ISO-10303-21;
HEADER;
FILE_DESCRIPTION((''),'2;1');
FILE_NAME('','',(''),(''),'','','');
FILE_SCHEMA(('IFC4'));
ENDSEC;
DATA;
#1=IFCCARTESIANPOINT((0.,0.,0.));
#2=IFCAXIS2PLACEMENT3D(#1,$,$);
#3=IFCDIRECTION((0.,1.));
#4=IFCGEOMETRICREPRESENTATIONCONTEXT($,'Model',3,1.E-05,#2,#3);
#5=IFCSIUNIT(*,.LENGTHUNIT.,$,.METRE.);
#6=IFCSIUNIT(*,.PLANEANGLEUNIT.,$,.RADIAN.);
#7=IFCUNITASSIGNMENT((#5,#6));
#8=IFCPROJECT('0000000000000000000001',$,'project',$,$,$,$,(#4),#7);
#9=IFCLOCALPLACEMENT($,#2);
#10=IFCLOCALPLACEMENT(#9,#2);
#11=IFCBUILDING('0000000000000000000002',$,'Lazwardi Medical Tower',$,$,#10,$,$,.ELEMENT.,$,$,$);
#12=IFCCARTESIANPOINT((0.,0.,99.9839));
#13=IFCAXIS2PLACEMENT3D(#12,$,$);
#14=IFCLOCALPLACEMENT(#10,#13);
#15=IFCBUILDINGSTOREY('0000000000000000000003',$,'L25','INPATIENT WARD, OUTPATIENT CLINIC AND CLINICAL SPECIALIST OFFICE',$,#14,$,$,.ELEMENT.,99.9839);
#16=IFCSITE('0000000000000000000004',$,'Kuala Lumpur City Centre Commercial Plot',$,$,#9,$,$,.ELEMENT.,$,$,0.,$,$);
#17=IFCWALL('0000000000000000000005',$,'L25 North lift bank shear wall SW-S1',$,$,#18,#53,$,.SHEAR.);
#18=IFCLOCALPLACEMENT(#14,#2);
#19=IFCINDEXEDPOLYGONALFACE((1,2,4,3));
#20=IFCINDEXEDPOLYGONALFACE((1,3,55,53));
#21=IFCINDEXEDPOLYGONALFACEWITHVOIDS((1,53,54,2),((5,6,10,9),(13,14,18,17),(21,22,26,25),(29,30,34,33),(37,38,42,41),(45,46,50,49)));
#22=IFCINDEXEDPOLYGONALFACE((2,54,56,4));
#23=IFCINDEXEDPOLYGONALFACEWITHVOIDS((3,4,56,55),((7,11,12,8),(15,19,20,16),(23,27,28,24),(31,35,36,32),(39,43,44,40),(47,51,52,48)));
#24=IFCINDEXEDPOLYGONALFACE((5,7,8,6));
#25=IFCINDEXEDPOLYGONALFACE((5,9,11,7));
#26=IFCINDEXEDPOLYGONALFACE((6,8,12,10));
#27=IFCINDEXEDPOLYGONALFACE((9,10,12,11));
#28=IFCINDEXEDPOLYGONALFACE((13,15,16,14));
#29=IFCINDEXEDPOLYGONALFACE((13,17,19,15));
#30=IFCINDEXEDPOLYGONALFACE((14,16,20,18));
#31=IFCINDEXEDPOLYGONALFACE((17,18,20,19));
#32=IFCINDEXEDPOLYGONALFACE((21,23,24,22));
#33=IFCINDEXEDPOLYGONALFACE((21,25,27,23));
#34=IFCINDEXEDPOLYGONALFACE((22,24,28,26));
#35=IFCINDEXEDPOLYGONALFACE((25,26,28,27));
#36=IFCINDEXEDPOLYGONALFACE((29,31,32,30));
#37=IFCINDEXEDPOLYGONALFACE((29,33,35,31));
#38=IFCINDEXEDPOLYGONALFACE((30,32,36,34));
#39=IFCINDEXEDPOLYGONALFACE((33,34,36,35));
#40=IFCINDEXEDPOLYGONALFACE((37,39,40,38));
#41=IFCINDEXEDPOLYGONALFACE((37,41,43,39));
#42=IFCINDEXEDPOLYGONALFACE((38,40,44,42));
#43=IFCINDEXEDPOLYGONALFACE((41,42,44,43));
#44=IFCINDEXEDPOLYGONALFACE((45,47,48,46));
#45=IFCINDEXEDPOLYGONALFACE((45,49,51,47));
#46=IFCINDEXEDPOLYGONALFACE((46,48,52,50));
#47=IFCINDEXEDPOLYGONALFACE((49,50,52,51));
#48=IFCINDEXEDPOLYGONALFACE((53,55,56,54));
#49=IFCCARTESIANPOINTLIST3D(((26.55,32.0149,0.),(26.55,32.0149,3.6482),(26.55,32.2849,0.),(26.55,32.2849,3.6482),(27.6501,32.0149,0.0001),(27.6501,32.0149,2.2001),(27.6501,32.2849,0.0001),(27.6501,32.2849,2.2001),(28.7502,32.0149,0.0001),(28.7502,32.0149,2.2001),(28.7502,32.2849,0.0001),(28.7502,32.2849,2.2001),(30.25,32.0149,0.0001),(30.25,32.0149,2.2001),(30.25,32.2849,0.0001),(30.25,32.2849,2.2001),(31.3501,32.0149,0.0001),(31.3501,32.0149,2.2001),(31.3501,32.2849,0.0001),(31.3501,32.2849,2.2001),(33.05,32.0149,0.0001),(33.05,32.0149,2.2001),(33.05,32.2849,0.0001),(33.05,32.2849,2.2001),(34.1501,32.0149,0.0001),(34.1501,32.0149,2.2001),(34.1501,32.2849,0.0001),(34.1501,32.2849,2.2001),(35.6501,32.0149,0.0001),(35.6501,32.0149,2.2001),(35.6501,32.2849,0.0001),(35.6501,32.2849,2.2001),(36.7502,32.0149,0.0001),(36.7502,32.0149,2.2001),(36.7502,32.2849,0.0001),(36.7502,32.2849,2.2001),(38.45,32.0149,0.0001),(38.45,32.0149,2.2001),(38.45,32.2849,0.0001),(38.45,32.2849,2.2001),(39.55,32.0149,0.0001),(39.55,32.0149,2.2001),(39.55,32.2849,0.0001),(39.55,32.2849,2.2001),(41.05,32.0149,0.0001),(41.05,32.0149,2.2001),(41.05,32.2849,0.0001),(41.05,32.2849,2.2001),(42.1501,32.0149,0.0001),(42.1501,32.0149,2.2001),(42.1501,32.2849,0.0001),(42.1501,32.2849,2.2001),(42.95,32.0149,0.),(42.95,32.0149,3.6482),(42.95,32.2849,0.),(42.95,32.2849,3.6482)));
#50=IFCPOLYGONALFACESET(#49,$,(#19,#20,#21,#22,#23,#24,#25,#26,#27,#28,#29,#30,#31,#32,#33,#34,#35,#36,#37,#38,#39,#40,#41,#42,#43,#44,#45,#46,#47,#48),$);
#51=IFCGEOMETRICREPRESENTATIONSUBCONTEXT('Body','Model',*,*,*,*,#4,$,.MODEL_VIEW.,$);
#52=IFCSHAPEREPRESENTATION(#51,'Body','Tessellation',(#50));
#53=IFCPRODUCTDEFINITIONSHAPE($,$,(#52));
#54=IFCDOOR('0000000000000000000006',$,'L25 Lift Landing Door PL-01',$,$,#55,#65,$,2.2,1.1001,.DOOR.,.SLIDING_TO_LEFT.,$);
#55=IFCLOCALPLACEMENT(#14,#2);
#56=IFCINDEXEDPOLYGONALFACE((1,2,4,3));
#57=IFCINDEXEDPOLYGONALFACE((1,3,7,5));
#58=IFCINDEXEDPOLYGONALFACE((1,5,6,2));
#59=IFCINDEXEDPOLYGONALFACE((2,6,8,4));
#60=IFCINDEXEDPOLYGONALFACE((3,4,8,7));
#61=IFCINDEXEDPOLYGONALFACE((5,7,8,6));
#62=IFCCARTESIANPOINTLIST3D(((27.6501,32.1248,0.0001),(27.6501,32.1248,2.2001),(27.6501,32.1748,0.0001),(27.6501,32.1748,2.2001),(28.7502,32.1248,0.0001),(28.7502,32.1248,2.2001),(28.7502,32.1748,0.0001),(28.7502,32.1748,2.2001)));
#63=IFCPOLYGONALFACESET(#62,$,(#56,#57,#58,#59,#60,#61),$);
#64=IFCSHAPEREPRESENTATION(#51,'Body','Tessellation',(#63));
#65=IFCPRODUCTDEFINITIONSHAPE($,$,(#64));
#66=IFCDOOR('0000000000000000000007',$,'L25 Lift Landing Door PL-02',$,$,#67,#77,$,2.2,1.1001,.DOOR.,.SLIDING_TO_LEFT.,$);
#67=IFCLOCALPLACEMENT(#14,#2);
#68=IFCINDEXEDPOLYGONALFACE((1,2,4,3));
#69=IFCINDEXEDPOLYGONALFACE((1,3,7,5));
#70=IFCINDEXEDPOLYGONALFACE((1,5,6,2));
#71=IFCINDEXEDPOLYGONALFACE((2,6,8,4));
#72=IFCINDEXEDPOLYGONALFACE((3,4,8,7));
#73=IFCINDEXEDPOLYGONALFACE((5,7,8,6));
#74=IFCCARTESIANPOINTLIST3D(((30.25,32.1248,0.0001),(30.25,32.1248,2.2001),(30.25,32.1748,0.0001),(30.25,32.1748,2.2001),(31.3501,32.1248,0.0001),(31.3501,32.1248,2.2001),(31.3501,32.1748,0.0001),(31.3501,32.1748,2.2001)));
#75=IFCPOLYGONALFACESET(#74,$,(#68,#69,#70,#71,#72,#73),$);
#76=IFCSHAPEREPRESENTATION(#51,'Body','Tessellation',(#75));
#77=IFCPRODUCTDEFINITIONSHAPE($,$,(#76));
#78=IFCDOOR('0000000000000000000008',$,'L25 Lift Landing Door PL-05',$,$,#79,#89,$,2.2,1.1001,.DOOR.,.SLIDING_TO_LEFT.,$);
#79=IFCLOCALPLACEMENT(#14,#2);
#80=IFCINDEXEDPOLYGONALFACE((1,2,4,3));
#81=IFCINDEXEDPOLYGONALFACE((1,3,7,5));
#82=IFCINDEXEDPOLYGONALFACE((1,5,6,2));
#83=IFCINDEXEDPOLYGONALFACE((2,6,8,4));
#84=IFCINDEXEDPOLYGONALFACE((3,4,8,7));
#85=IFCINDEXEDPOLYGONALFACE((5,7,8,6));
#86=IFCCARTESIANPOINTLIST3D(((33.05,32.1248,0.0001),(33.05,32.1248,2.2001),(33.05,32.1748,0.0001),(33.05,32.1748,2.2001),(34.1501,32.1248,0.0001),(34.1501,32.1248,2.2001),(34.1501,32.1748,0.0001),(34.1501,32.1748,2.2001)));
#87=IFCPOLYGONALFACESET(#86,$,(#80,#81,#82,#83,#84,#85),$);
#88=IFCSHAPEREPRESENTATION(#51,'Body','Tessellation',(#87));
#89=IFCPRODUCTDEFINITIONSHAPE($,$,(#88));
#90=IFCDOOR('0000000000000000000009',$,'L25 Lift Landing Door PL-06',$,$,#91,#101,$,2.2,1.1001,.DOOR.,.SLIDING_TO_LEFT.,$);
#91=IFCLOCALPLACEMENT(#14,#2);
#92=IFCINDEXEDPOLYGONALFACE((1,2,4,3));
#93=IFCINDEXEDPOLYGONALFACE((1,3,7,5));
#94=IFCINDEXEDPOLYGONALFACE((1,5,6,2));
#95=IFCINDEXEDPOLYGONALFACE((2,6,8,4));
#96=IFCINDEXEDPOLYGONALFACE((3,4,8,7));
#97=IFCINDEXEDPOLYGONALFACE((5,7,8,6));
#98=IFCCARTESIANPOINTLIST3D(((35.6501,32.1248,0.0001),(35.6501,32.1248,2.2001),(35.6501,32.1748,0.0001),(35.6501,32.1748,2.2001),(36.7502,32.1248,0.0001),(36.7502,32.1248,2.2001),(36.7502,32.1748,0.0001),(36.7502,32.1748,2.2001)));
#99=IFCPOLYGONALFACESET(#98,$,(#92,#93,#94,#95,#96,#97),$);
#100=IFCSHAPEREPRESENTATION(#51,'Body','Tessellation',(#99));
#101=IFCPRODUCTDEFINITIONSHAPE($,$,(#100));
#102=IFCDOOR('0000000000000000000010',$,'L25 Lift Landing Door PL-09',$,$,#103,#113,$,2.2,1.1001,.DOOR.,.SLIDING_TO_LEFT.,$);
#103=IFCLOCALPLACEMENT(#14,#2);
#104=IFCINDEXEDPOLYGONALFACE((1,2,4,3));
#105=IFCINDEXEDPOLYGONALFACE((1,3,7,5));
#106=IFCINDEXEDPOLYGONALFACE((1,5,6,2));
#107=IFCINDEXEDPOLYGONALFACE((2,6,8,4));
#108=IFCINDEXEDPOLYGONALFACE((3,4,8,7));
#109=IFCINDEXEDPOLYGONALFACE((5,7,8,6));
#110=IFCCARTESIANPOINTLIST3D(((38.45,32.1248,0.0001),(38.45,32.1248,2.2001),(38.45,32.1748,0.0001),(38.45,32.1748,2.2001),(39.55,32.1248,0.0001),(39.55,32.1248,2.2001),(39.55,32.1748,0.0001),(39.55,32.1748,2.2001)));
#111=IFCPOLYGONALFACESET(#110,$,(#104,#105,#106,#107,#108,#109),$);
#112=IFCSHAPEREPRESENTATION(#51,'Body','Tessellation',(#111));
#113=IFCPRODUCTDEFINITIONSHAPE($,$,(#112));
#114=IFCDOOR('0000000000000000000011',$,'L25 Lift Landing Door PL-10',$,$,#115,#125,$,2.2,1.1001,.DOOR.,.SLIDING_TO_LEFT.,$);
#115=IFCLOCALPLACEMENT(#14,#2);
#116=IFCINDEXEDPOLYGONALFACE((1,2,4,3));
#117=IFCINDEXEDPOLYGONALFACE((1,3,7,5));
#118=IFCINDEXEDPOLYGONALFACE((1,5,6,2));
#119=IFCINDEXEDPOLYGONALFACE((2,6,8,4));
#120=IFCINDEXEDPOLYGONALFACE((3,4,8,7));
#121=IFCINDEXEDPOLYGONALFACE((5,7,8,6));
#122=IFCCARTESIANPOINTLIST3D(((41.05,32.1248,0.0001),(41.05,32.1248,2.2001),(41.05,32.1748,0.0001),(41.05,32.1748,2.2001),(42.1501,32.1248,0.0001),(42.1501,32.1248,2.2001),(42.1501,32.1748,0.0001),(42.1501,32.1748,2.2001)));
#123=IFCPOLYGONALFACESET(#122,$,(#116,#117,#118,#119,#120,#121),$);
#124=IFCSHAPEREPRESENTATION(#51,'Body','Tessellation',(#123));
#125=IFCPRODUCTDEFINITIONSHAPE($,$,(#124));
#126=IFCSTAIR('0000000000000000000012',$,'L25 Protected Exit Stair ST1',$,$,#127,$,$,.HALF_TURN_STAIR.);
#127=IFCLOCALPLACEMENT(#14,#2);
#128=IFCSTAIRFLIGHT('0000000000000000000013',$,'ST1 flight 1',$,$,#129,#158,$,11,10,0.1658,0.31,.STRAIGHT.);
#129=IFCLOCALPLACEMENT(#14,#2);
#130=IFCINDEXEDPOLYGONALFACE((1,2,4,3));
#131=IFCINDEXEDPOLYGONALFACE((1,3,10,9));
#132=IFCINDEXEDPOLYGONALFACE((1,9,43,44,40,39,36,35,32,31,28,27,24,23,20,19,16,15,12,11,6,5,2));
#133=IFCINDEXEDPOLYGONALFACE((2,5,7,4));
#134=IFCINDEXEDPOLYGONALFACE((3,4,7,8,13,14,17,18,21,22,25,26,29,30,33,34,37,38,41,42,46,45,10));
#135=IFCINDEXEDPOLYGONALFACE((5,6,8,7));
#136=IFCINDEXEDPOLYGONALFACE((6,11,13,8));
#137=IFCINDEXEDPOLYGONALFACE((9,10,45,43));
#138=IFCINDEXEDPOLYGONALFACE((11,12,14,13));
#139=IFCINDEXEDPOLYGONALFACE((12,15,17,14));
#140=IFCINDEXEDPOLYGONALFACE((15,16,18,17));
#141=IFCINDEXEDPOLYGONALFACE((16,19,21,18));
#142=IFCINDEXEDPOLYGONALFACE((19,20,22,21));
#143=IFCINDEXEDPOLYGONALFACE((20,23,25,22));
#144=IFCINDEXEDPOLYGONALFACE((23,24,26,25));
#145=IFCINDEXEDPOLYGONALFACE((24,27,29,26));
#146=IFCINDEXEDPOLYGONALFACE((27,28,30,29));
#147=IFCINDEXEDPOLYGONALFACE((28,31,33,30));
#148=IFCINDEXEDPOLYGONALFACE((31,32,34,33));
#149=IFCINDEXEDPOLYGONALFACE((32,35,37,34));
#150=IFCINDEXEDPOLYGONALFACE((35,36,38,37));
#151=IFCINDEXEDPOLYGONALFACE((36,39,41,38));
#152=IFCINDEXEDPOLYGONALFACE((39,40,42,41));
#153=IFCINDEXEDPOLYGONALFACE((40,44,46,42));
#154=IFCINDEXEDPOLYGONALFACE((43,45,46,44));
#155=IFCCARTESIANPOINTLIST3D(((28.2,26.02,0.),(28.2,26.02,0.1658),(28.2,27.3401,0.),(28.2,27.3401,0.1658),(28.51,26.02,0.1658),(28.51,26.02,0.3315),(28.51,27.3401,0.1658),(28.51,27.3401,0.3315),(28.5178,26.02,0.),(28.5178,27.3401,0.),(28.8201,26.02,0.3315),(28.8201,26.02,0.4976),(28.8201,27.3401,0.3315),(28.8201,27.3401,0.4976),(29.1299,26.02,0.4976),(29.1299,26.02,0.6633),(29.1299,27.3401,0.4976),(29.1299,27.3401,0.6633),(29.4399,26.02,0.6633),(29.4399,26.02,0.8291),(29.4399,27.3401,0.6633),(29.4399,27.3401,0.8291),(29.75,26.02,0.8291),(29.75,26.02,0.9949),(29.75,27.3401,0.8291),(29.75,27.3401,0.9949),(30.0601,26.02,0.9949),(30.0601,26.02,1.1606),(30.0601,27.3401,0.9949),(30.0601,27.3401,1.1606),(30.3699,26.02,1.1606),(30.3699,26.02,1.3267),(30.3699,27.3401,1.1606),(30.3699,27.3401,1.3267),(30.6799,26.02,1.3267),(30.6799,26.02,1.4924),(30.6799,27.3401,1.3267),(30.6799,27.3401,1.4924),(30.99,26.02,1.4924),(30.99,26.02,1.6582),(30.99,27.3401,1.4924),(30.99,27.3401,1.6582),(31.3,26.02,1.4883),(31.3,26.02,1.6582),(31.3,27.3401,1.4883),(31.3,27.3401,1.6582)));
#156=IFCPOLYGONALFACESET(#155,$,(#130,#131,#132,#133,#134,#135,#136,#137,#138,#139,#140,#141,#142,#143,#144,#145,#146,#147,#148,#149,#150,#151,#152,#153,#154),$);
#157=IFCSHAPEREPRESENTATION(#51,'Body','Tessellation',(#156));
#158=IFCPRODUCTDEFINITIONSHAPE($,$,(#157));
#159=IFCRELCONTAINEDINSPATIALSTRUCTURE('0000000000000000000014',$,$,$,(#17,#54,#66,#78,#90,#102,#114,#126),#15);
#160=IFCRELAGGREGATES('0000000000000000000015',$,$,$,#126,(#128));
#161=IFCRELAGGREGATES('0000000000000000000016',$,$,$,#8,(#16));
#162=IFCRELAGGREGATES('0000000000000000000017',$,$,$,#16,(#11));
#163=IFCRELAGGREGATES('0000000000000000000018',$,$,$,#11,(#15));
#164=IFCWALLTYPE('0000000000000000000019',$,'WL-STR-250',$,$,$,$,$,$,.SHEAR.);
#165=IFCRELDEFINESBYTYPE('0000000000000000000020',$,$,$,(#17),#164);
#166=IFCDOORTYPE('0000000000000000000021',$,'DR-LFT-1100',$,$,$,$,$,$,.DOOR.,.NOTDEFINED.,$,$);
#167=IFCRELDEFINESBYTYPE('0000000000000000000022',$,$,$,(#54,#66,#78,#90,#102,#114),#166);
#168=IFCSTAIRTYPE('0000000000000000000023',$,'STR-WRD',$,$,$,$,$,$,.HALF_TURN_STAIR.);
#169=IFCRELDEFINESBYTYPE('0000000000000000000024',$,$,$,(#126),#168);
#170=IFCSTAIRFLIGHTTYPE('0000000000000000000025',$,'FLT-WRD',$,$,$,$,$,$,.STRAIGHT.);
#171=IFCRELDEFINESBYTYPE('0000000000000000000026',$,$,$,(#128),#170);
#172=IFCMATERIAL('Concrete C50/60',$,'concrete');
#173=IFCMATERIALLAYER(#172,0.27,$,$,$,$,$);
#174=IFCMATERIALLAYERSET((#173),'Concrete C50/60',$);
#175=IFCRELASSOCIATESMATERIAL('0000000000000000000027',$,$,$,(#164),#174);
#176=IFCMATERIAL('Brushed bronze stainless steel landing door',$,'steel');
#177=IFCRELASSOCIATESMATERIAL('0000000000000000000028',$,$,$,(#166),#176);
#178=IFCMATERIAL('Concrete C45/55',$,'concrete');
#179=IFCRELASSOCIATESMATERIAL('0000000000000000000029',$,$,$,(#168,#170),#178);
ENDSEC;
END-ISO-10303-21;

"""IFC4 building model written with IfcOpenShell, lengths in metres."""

from ifc_helpers import new_model, si_unit, direction, frame, frame_2d, origin, place, context, subcontext, project, spatial, polyline, rectangle, outline, extrude, material, layer, layer_set, type_object, element, fill, aggregate, save


model = new_model("IFC4")

# Units and contexts
model_context = context("Model", 3, precision=1e-05, world=origin(), true_north=direction((0.0, 1.0)))
body_context = subcontext(model_context, "Body", "Model", "MODEL_VIEW")
ifc_project = project(units=[si_unit("LENGTHUNIT", "METRE"), si_unit("PLANEANGLEUNIT", "RADIAN")], contexts=[model_context])

# Site, building, storey
site_placement = place(None, origin())
site = spatial("IfcSite", under=ifc_project, at=site_placement, Name="Kuala Lumpur City Centre Commercial Plot", CompositionType="ELEMENT", RefElevation=0.0)
building_placement = place(site_placement, origin())
building = spatial("IfcBuilding", under=site, at=building_placement, Name="Lazwardi Medical Tower", CompositionType="ELEMENT")
storey_placement = place(building_placement, frame((0.0, 0.0, 99.9839)))
storey = spatial("IfcBuildingStorey", under=building, at=storey_placement, Name="L25", Description="INPATIENT WARD, OUTPATIENT CLINIC AND CLINICAL SPECIALIST OFFICE", CompositionType="ELEMENT", Elevation=99.9839)

# Shared definitions
ifc_material_1 = material(Name="Concrete C50/60", Category="concrete")
ifc_layer_1 = layer(ifc_material_1, 0.27)
ifc_layer_set_1 = layer_set([ifc_layer_1], Name="Concrete C50/60")
wall_type_1 = type_object("IfcWallType", Name="WL-STR-250", PredefinedType="SHEAR", material=ifc_layer_set_1)

# Wall, openings, doors
wall_1_placement = place(storey_placement, frame((26.55, 32.1499, 0.0), z_axis=(0.0, 0.0, 1.0), x_axis=(1.0, 0.0, 0.0)))
wall_1 = element("IfcWall", 1, at=wall_1_placement, inside=storey, type_object=wall_type_1, Name="L25 North lift bank shear wall SW-S1", PredefinedType="SHEAR", context=body_context, shape_type="SweptSolid", body=[
    extrude(rectangle(XDim=16.3999, YDim=0.27, at=frame_2d((8.2, 0.0))), origin(), (0.0, 0.0, 1.0), 3.6482),
])
opening_1_placement = place(wall_1_placement, frame((1.1001, 0.0, 0.0)))
opening_1 = element("IfcOpeningElement", 2, at=opening_1_placement, cuts=wall_1, PredefinedType="OPENING", context=body_context, shape_type="SweptSolid", body=[
    extrude(rectangle(XDim=1.1001, YDim=2.2, at=frame_2d((0.55, 1.1001))), frame((0.0, 0.145, 0.0), z_axis=(0.0, -1.0, 0.0), x_axis=(1.0, 0.0, 0.0)), (0.0, 0.0, 1.0), 0.29),
])
opening_2_placement = place(wall_1_placement, frame((3.7, 0.0, 0.0)))
opening_2 = element("IfcOpeningElement", 3, at=opening_2_placement, cuts=wall_1, PredefinedType="OPENING", context=body_context, shape_type="SweptSolid", body=[
    extrude(rectangle(XDim=1.1001, YDim=2.2, at=frame_2d((0.55, 1.1001))), frame((0.0, 0.145, 0.0), z_axis=(0.0, -1.0, 0.0), x_axis=(1.0, 0.0, 0.0)), (0.0, 0.0, 1.0), 0.29),
])
opening_3_placement = place(wall_1_placement, frame((6.5, 0.0, 0.0)))
opening_3 = element("IfcOpeningElement", 4, at=opening_3_placement, cuts=wall_1, PredefinedType="OPENING", context=body_context, shape_type="SweptSolid", body=[
    extrude(rectangle(XDim=1.1001, YDim=2.2, at=frame_2d((0.55, 1.1001))), frame((0.0, 0.145, 0.0), z_axis=(0.0, -1.0, 0.0), x_axis=(1.0, 0.0, 0.0)), (0.0, 0.0, 1.0), 0.29),
])
opening_4_placement = place(wall_1_placement, frame((9.1001, 0.0, 0.0)))
opening_4 = element("IfcOpeningElement", 5, at=opening_4_placement, cuts=wall_1, PredefinedType="OPENING", context=body_context, shape_type="SweptSolid", body=[
    extrude(rectangle(XDim=1.1001, YDim=2.2, at=frame_2d((0.55, 1.1001))), frame((0.0, 0.145, 0.0), z_axis=(0.0, -1.0, 0.0), x_axis=(1.0, 0.0, 0.0)), (0.0, 0.0, 1.0), 0.29),
])
opening_5_placement = place(wall_1_placement, frame((11.8999, 0.0, 0.0)))
opening_5 = element("IfcOpeningElement", 6, at=opening_5_placement, cuts=wall_1, PredefinedType="OPENING", context=body_context, shape_type="SweptSolid", body=[
    extrude(rectangle(XDim=1.1001, YDim=2.2, at=frame_2d((0.55, 1.1001))), frame((0.0, 0.145, 0.0), z_axis=(0.0, -1.0, 0.0), x_axis=(1.0, 0.0, 0.0)), (0.0, 0.0, 1.0), 0.29),
])
opening_6_placement = place(wall_1_placement, frame((14.5, 0.0, 0.0)))
opening_6 = element("IfcOpeningElement", 7, at=opening_6_placement, cuts=wall_1, PredefinedType="OPENING", context=body_context, shape_type="SweptSolid", body=[
    extrude(rectangle(XDim=1.1001, YDim=2.2, at=frame_2d((0.55, 1.1001))), frame((0.0, 0.145, 0.0), z_axis=(0.0, -1.0, 0.0), x_axis=(1.0, 0.0, 0.0)), (0.0, 0.0, 1.0), 0.29),
])
ifc_material_2 = material(Name="Brushed bronze stainless steel landing door", Category="steel")
door_type_1 = type_object("IfcDoorType", Name="DR-LFT-1100", OperationType="NOTDEFINED", PredefinedType="DOOR", material=ifc_material_2)
door_1_placement = place(opening_1_placement, origin())
door_1 = element("IfcDoor", 8, at=door_1_placement, inside=storey, type_object=door_type_1, Name="L25 Lift Landing Door PL-01", OperationType="SLIDING_TO_LEFT", OverallHeight=2.2, OverallWidth=1.1001, PredefinedType="DOOR", context=body_context, shape_type="SweptSolid", body=[
    extrude(rectangle(XDim=1.1001, YDim=2.2, at=frame_2d((0.55, 1.1001))), frame((0.0, 0.0249, 0.0), z_axis=(0.0, -1.0, 0.0), x_axis=(1.0, 0.0, 0.0)), (0.0, 0.0, 1.0), 0.05),
])
fill(opening_1, door_1)
door_2_placement = place(opening_2_placement, origin())
door_2 = element("IfcDoor", 9, at=door_2_placement, inside=storey, type_object=door_type_1, Name="L25 Lift Landing Door PL-02", OperationType="SLIDING_TO_LEFT", OverallHeight=2.2, OverallWidth=1.1001, PredefinedType="DOOR", context=body_context, shape_type="SweptSolid", body=[
    extrude(rectangle(XDim=1.1001, YDim=2.2, at=frame_2d((0.55, 1.1001))), frame((0.0, 0.0249, 0.0), z_axis=(0.0, -1.0, 0.0), x_axis=(1.0, 0.0, 0.0)), (0.0, 0.0, 1.0), 0.05),
])
fill(opening_2, door_2)
door_3_placement = place(opening_3_placement, origin())
door_3 = element("IfcDoor", 10, at=door_3_placement, inside=storey, type_object=door_type_1, Name="L25 Lift Landing Door PL-05", OperationType="SLIDING_TO_LEFT", OverallHeight=2.2, OverallWidth=1.1001, PredefinedType="DOOR", context=body_context, shape_type="SweptSolid", body=[
    extrude(rectangle(XDim=1.1001, YDim=2.2, at=frame_2d((0.55, 1.1001))), frame((0.0, 0.0249, 0.0), z_axis=(0.0, -1.0, 0.0), x_axis=(1.0, 0.0, 0.0)), (0.0, 0.0, 1.0), 0.05),
])
fill(opening_3, door_3)
door_4_placement = place(opening_4_placement, origin())
door_4 = element("IfcDoor", 11, at=door_4_placement, inside=storey, type_object=door_type_1, Name="L25 Lift Landing Door PL-06", OperationType="SLIDING_TO_LEFT", OverallHeight=2.2, OverallWidth=1.1001, PredefinedType="DOOR", context=body_context, shape_type="SweptSolid", body=[
    extrude(rectangle(XDim=1.1001, YDim=2.2, at=frame_2d((0.55, 1.1001))), frame((0.0, 0.0249, 0.0), z_axis=(0.0, -1.0, 0.0), x_axis=(1.0, 0.0, 0.0)), (0.0, 0.0, 1.0), 0.05),
])
fill(opening_4, door_4)
door_5_placement = place(opening_5_placement, origin())
door_5 = element("IfcDoor", 12, at=door_5_placement, inside=storey, type_object=door_type_1, Name="L25 Lift Landing Door PL-09", OperationType="SLIDING_TO_LEFT", OverallHeight=2.2, OverallWidth=1.1001, PredefinedType="DOOR", context=body_context, shape_type="SweptSolid", body=[
    extrude(rectangle(XDim=1.1001, YDim=2.2, at=frame_2d((0.55, 1.1001))), frame((0.0, 0.0249, 0.0), z_axis=(0.0, -1.0, 0.0), x_axis=(1.0, 0.0, 0.0)), (0.0, 0.0, 1.0), 0.05),
])
fill(opening_5, door_5)
door_6_placement = place(opening_6_placement, origin())
door_6 = element("IfcDoor", 13, at=door_6_placement, inside=storey, type_object=door_type_1, Name="L25 Lift Landing Door PL-10", OperationType="SLIDING_TO_LEFT", OverallHeight=2.2, OverallWidth=1.1001, PredefinedType="DOOR", context=body_context, shape_type="SweptSolid", body=[
    extrude(rectangle(XDim=1.1001, YDim=2.2, at=frame_2d((0.55, 1.1001))), frame((0.0, 0.0249, 0.0), z_axis=(0.0, -1.0, 0.0), x_axis=(1.0, 0.0, 0.0)), (0.0, 0.0, 1.0), 0.05),
])
fill(opening_6, door_6)

# Stair, stair flight
ifc_material_3 = material(Name="Concrete C45/55", Category="concrete")
stair_type = type_object("IfcStairType", Name="STR-WRD", PredefinedType="HALF_TURN_STAIR", material=ifc_material_3)
stair_placement = place(storey_placement, origin())
stair = element("IfcStair", 14, at=stair_placement, inside=storey, type_object=stair_type, Name="L25 Protected Exit Stair ST1", PredefinedType="HALF_TURN_STAIR")
stair_flight_type = type_object("IfcStairFlightType", Name="FLT-WRD", PredefinedType="STRAIGHT", material=ifc_material_3)
stair_flight_1_placement = place(storey_placement, frame((28.2, 26.6799, 0.0), z_axis=(0.0, 0.0, 1.0), x_axis=(1.0, 0.0, 0.0)))
stair_flight_1 = element("IfcStairFlight", 15, at=stair_flight_1_placement, type_object=stair_flight_type, Name="ST1 flight 1", NumberOfRisers=11, NumberOfTreads=10, PredefinedType="STRAIGHT", RiserHeight=0.1658, TreadLength=0.31, context=body_context, shape_type="SweptSolid", body=[
    extrude(outline(polyline([(0.0, 0.0), (0.0, 0.1658), (0.3101, 0.1658), (0.3101, 0.3315), (0.6201, 0.3315), (0.6201, 0.4976), (0.9299, 0.4976), (0.9299, 0.6633), (1.24, 0.6633), (1.24, 0.8291), (1.55, 0.8291), (1.55, 0.9949), (1.8601, 0.9949), (1.8601, 1.1606), (2.1699, 1.1606), (2.1699, 1.3267), (2.48, 1.3267), (2.48, 1.4924), (2.79, 1.4924), (2.79, 1.6582), (3.1001, 1.6582), (3.1001, 1.824), (3.1001, 1.4883), (0.3179, 0.0), (0.0, 0.0)])), frame((0.0, 0.6602, 0.0), z_axis=(0.0, -1.0, 0.0), x_axis=(1.0, 0.0, 0.0)), (0.0, 0.0, 1.0), 1.3201),
])
aggregate(stair, [stair_flight_1])

save(model, "model.ifc")
